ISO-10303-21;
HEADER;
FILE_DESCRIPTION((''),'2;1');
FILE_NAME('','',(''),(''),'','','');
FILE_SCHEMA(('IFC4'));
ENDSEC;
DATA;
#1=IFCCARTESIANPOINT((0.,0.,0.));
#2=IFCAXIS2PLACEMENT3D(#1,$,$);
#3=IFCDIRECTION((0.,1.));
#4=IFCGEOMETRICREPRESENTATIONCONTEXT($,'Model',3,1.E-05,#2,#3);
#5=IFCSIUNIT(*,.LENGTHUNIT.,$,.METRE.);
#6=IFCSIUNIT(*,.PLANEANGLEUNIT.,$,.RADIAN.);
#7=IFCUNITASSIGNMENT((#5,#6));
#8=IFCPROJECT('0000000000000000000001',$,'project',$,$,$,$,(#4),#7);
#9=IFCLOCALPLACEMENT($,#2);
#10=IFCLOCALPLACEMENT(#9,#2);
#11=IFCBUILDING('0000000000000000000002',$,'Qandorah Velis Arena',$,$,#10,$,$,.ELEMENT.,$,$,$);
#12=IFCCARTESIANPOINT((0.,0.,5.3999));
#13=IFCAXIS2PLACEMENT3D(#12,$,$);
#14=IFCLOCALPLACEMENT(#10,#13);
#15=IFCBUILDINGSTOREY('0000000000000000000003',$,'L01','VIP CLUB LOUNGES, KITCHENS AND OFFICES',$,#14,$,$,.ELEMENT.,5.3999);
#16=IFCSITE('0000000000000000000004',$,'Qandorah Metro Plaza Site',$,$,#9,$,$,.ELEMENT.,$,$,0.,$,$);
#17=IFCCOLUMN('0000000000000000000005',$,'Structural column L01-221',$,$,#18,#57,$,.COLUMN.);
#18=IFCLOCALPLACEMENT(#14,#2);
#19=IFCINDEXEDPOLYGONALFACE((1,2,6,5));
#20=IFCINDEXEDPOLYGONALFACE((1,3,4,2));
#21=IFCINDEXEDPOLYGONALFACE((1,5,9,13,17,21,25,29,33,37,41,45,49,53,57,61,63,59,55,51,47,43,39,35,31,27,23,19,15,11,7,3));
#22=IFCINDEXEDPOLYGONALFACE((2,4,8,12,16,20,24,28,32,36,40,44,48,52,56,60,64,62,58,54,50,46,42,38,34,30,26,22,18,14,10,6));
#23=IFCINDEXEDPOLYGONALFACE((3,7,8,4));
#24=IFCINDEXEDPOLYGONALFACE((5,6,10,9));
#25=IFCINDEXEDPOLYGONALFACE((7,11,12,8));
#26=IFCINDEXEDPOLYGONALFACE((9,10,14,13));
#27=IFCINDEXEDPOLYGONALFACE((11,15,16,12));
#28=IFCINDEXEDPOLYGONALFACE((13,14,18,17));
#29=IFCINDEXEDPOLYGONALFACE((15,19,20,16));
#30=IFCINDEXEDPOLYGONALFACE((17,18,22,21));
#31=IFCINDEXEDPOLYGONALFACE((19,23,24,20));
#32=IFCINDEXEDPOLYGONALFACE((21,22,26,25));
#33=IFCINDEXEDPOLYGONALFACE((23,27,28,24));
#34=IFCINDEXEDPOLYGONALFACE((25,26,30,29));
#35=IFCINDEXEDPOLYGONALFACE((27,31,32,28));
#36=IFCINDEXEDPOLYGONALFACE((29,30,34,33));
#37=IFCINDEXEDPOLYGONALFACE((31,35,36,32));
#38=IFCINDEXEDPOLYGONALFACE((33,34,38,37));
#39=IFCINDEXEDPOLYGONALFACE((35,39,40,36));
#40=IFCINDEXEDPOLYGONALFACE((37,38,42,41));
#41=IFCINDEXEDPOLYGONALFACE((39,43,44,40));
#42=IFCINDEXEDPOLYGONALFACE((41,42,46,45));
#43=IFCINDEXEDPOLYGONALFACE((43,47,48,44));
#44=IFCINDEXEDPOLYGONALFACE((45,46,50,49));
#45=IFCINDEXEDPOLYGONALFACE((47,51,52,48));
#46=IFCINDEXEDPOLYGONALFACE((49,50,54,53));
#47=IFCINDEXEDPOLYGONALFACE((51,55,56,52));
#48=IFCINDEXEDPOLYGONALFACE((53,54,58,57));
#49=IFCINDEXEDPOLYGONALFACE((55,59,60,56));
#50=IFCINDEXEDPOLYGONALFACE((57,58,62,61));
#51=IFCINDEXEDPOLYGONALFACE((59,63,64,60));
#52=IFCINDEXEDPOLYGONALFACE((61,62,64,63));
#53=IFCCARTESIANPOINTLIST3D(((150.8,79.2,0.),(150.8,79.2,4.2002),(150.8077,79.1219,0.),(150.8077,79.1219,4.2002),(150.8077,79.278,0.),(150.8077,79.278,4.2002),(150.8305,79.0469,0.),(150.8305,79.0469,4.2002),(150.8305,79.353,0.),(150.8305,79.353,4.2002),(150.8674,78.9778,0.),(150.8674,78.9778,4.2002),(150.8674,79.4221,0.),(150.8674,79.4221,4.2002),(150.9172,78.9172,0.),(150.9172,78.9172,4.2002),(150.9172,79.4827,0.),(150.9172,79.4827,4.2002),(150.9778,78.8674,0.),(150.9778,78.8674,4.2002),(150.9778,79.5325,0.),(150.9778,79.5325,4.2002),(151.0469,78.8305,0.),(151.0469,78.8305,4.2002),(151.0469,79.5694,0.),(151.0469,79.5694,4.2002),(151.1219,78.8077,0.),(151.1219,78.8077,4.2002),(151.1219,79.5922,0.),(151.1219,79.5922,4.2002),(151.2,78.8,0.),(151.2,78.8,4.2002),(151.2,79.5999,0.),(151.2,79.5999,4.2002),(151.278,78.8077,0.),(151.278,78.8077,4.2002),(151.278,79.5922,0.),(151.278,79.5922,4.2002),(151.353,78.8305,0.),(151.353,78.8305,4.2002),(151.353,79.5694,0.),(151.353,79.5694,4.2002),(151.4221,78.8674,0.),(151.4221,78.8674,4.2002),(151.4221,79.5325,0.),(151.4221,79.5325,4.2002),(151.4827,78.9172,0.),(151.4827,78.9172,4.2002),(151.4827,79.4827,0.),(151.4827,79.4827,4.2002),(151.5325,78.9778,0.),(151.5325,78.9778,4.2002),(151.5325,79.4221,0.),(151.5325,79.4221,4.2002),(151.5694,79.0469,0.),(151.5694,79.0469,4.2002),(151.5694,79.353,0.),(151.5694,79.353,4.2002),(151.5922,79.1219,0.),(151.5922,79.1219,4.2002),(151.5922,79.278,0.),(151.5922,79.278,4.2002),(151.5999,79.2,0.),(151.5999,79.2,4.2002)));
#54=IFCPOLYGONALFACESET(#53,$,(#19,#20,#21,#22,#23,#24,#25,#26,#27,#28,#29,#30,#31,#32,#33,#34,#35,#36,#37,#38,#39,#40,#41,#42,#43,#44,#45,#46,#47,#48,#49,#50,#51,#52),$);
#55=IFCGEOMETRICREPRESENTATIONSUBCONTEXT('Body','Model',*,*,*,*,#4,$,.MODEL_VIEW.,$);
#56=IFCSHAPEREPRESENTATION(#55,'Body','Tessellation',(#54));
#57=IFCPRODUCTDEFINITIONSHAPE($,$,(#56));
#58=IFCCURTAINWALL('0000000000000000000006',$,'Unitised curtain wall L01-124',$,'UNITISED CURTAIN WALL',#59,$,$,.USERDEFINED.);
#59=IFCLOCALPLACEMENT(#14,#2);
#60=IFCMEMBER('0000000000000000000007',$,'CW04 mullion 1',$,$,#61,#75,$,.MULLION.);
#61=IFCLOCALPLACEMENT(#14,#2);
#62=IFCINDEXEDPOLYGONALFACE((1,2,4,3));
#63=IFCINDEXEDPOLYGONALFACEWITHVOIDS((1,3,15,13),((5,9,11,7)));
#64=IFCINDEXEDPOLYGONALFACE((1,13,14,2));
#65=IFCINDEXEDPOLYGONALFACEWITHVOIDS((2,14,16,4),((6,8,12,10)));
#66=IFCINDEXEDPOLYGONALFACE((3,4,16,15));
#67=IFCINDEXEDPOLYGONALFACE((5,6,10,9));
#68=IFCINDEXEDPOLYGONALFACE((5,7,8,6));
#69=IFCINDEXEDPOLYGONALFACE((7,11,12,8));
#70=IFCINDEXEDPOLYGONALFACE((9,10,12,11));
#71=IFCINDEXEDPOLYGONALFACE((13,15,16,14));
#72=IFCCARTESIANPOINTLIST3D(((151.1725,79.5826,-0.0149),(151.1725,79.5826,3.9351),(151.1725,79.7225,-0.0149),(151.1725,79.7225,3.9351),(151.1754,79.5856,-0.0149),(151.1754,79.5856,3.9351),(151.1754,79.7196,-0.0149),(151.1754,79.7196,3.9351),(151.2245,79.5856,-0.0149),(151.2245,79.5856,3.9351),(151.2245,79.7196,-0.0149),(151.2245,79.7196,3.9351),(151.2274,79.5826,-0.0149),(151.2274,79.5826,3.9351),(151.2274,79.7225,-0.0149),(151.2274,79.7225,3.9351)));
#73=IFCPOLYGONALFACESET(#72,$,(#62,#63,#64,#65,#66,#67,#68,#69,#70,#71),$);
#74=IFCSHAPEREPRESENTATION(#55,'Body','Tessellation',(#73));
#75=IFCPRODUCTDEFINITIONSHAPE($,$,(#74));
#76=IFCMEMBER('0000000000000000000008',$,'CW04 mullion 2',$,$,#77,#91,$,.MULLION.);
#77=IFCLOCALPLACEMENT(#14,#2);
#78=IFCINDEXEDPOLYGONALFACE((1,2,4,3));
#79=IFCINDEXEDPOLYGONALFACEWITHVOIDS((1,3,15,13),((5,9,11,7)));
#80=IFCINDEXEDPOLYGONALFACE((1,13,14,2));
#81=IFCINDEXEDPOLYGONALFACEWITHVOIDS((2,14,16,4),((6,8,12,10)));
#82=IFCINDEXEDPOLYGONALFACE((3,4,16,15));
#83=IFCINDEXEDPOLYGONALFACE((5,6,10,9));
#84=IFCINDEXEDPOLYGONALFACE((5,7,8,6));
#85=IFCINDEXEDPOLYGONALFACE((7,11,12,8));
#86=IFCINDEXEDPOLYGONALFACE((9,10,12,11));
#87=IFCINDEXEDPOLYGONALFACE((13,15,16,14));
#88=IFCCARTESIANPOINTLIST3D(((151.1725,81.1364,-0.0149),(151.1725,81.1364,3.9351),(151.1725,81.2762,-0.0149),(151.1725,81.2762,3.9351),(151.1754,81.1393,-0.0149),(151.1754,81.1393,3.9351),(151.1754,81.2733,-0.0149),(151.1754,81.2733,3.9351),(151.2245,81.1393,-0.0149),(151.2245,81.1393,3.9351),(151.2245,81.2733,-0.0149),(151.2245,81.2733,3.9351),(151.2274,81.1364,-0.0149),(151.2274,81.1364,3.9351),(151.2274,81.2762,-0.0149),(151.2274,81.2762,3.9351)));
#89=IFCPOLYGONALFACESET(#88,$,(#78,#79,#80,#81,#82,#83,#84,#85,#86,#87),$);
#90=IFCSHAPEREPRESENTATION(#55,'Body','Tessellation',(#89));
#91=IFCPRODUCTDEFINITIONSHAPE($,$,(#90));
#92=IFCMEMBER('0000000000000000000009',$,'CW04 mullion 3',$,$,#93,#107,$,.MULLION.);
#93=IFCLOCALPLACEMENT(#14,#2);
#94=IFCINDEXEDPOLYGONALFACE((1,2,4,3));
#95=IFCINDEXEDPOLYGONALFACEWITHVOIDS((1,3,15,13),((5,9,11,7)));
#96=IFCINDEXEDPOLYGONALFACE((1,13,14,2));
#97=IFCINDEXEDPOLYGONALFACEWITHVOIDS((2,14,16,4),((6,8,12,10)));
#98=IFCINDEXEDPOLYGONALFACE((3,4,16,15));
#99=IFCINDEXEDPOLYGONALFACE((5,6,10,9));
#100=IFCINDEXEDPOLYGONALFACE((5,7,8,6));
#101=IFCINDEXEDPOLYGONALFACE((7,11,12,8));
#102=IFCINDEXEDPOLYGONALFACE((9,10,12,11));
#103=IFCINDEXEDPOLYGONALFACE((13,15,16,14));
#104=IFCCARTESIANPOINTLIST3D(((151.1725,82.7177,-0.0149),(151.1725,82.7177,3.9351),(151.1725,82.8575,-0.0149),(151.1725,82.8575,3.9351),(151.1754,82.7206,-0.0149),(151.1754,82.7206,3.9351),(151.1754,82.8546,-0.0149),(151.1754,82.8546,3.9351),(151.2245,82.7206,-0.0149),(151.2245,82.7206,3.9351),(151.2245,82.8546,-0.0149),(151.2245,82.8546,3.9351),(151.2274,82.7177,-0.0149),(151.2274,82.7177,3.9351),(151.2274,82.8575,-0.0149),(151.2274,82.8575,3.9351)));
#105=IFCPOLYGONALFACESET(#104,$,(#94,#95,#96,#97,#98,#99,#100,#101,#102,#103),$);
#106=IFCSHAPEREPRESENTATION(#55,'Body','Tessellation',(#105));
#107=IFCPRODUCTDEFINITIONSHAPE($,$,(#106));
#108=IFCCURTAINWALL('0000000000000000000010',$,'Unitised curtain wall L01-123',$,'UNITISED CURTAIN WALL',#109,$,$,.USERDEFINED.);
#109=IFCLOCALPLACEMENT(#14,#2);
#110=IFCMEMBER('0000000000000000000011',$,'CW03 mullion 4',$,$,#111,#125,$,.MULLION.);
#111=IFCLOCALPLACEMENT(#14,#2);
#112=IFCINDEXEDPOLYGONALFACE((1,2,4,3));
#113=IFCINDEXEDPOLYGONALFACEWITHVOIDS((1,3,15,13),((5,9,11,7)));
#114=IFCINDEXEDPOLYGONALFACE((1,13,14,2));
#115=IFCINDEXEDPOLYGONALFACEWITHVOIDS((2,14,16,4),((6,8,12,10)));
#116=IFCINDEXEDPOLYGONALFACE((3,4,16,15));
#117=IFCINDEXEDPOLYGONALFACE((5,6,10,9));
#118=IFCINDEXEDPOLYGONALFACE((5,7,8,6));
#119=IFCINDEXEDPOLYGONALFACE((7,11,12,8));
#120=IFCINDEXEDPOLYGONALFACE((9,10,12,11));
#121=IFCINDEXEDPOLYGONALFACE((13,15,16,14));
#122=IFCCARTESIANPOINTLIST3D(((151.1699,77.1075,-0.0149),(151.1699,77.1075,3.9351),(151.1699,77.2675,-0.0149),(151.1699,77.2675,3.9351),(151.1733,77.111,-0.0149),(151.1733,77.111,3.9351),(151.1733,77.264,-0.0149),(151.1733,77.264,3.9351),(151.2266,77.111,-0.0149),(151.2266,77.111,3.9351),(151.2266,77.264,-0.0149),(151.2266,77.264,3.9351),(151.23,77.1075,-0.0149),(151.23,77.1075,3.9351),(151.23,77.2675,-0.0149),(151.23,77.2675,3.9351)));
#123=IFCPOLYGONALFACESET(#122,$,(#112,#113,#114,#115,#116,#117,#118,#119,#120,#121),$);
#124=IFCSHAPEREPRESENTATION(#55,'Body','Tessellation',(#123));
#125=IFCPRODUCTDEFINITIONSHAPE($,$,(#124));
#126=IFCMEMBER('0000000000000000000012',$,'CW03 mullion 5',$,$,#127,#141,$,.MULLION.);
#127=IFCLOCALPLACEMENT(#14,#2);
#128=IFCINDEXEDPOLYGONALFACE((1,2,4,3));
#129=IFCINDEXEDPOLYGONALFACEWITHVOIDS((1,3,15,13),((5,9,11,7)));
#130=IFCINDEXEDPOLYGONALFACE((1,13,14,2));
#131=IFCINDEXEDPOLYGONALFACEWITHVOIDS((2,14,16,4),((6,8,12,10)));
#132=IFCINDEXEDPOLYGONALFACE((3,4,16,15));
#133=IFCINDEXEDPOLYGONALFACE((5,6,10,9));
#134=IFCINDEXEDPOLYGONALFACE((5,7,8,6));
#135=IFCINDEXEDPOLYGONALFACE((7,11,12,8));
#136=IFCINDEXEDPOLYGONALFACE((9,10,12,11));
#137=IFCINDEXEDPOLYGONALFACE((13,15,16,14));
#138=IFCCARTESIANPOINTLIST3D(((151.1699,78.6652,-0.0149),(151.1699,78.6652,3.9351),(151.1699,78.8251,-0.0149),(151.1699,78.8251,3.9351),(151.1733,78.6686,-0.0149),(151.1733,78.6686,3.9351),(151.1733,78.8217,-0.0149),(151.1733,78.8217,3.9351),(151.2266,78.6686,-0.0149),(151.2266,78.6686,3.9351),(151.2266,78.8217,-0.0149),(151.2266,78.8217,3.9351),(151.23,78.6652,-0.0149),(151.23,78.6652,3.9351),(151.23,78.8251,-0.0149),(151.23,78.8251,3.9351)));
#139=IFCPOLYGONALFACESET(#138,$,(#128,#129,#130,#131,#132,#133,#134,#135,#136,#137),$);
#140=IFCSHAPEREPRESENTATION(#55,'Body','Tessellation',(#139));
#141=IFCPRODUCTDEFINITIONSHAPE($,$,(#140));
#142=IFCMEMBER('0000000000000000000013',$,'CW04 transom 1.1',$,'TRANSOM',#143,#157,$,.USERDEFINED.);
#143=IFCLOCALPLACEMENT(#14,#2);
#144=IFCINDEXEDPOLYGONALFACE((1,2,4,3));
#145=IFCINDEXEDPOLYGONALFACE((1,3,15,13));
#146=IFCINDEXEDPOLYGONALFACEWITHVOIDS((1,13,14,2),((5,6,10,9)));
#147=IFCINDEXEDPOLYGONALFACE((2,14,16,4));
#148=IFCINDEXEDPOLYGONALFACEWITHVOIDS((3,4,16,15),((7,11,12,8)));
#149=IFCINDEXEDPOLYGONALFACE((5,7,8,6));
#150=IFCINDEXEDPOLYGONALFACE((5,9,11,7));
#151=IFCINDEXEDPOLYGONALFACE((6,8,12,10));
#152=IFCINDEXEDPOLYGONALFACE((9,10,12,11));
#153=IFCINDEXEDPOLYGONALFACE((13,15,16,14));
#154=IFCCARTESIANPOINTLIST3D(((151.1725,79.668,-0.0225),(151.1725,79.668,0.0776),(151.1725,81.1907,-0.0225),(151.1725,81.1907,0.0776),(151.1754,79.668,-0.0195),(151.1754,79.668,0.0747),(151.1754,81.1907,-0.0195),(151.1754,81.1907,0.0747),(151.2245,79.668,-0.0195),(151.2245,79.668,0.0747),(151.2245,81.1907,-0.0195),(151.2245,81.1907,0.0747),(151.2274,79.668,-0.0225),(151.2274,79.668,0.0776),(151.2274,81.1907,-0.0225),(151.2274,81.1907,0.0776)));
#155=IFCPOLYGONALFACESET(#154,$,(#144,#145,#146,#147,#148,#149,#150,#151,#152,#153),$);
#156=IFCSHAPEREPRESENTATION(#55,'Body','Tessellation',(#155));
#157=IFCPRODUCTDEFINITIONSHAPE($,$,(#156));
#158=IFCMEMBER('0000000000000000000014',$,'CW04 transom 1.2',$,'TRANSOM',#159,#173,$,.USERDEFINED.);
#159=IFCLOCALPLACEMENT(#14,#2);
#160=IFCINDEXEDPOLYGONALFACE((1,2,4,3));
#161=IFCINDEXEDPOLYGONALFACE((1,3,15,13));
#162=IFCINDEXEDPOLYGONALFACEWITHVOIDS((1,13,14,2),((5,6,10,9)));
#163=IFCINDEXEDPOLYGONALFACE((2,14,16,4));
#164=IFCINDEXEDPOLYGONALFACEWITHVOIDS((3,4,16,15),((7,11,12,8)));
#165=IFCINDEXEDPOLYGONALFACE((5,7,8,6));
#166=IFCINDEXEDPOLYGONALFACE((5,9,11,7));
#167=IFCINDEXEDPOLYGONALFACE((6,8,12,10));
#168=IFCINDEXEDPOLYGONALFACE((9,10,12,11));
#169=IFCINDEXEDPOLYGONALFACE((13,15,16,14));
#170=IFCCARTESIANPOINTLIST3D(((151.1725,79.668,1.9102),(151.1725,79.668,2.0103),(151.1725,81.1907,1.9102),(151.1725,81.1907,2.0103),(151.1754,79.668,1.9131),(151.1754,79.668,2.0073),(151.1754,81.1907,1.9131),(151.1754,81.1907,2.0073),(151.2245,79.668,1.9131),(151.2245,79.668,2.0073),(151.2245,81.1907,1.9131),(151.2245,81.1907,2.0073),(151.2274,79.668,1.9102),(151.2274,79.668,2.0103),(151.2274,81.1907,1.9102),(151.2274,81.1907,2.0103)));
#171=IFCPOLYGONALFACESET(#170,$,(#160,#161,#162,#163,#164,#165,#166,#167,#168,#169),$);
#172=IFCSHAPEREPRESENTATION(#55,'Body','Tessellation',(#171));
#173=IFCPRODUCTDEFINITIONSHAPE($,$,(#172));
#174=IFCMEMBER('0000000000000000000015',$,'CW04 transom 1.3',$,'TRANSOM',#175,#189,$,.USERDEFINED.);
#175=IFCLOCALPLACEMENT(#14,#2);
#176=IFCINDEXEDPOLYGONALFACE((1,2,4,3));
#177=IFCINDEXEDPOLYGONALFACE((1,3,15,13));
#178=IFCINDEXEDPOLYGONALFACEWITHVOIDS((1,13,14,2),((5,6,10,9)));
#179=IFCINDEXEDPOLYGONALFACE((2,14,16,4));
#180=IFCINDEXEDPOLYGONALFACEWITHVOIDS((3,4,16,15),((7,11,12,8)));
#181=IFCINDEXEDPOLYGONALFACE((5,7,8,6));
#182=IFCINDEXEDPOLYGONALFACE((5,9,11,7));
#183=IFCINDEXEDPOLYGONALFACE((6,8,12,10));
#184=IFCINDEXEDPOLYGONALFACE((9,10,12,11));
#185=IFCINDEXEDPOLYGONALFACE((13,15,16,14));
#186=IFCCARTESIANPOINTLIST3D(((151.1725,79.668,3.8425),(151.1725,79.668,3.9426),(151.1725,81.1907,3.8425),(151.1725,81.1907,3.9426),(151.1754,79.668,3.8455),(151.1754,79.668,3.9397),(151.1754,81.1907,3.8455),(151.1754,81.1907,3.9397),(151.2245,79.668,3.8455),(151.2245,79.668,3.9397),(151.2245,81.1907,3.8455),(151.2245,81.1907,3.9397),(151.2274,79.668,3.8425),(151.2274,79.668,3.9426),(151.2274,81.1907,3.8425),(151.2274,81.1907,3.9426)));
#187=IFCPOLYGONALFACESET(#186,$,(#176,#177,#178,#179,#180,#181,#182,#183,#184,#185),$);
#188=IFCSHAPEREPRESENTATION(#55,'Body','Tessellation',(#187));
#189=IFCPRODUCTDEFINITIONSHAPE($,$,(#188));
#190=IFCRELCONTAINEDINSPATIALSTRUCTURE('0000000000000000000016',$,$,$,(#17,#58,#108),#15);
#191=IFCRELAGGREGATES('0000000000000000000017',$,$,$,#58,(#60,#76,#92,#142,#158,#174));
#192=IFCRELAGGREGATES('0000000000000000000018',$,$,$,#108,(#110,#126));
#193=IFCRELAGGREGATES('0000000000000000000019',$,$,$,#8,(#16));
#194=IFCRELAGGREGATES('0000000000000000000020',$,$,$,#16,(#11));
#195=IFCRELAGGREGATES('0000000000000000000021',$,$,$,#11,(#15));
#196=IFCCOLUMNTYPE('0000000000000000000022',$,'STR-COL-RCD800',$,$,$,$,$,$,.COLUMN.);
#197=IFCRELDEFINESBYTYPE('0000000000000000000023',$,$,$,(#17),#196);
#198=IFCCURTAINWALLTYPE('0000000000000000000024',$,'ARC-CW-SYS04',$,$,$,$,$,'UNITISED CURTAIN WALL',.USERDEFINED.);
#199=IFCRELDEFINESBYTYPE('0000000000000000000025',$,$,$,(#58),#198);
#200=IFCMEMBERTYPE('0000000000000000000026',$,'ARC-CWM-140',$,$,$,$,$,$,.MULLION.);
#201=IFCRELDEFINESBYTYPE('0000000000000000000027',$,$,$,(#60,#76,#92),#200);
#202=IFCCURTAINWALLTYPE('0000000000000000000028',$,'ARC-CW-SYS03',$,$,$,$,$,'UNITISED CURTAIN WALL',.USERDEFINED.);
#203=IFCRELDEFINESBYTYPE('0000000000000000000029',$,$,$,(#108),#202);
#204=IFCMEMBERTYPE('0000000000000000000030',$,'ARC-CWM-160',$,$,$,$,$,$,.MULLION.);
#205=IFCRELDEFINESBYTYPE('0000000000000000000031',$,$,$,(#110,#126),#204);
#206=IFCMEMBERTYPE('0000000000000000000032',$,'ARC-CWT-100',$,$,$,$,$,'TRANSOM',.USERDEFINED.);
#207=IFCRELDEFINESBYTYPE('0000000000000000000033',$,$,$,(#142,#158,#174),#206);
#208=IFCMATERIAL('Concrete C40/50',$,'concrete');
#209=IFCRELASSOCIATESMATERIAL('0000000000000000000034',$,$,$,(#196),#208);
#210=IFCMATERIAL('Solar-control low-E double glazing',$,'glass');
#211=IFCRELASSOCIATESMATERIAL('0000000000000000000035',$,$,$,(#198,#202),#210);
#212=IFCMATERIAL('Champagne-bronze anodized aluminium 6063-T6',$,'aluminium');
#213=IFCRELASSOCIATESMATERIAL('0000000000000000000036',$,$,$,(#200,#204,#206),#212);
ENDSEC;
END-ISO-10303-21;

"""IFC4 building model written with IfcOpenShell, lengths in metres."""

from ifc_helpers import new_model, si_unit, direction, frame, origin, origin_2d, place, context, subcontext, project, spatial, hollow_rectangle, circle, extrude, material, material_profile, profile_set, type_object, element, aggregate, save


model = new_model("IFC4")

# Units and contexts
model_context = context("Model", 3, precision=1e-05, world=origin(), true_north=direction((0.0, 1.0)))
body_context = subcontext(model_context, "Body", "Model", "MODEL_VIEW")
ifc_project = project(units=[si_unit("LENGTHUNIT", "METRE"), si_unit("PLANEANGLEUNIT", "RADIAN")], contexts=[model_context])

# Site, building, storey
site_placement = place(None, origin())
site = spatial("IfcSite", under=ifc_project, at=site_placement, Name="Qandorah Metro Plaza Site", CompositionType="ELEMENT", RefElevation=0.0)
building_placement = place(site_placement, origin())
building = spatial("IfcBuilding", under=site, at=building_placement, Name="Qandorah Velis Arena", CompositionType="ELEMENT")
storey_placement = place(building_placement, frame((0.0, 0.0, 5.3999)))
storey = spatial("IfcBuildingStorey", under=building, at=storey_placement, Name="L01", Description="VIP CLUB LOUNGES, KITCHENS AND OFFICES", CompositionType="ELEMENT", Elevation=5.3999)

# Column
ifc_material_1 = material(Name="Concrete C40/50", Category="concrete")
ifc_material_profile_1 = material_profile(ifc_material_1, circle(Radius=0.3999, at=origin_2d()), Name="RC D800")
ifc_profile_set_1 = profile_set([ifc_material_profile_1], Name="Concrete C40/50")
column_type = type_object("IfcColumnType", Name="STR-COL-RCD800", PredefinedType="COLUMN", material=ifc_profile_set_1)
column_placement = place(storey_placement, frame((151.2, 79.2, 0.0), z_axis=(0.0, 0.0, 1.0), x_axis=(1.0, 0.0, 0.0)))
element("IfcColumn", 1, at=column_placement, inside=storey, type_object=column_type, Name="Structural column L01-221", PredefinedType="COLUMN", context=body_context, shape_type="SweptSolid", body=[
    extrude(circle(Radius=0.3999, at=origin_2d()), origin(), (0.0, 0.0, 1.0), 4.2002),
])

# Curtain walls, members
ifc_material_2 = material(Name="Solar-control low-E double glazing", Category="glass")
curtain_wall_type_1 = type_object("IfcCurtainWallType", Name="ARC-CW-SYS04", ElementType="UNITISED CURTAIN WALL", PredefinedType="USERDEFINED", material=ifc_material_2)
curtain_wall_1_placement = place(storey_placement, origin())
curtain_wall_1 = element("IfcCurtainWall", 2, at=curtain_wall_1_placement, inside=storey, type_object=curtain_wall_type_1, Name="Unitised curtain wall L01-124", ObjectType="UNITISED CURTAIN WALL", PredefinedType="USERDEFINED")
ifc_material_3 = material(Name="Champagne-bronze anodized aluminium 6063-T6", Category="aluminium")
ifc_material_profile_2 = material_profile(ifc_material_3, hollow_rectangle(XDim=0.0549, YDim=0.1399, WallThickness=0.0029, at=origin_2d()), Name="ALU MULLION 55x140")
ifc_profile_set_2 = profile_set([ifc_material_profile_2], Name="Champagne-bronze anodized aluminium 6063-T6")
member_type_1 = type_object("IfcMemberType", Name="ARC-CWM-140", PredefinedType="MULLION", material=ifc_profile_set_2)
member_1_placement = place(storey_placement, frame((151.2, 79.6526, -0.0149), z_axis=(0.0, 0.0, 1.0), x_axis=(-1.0, 0.0, 0.0)))
member_1 = element("IfcMember", 3, at=member_1_placement, type_object=member_type_1, Name="CW04 mullion 1", PredefinedType="MULLION", context=body_context, shape_type="SweptSolid", body=[
    extrude(hollow_rectangle(XDim=0.0549, YDim=0.1399, WallThickness=0.0029, at=origin_2d()), origin(), (0.0, 0.0, 1.0), 3.95),
])
member_2_placement = place(storey_placement, frame((151.2, 81.2063, -0.0149), z_axis=(0.0, 0.0, 1.0), x_axis=(-1.0, 0.0, 0.0)))
member_2 = element("IfcMember", 4, at=member_2_placement, type_object=member_type_1, Name="CW04 mullion 2", PredefinedType="MULLION", context=body_context, shape_type="SweptSolid", body=[
    extrude(hollow_rectangle(XDim=0.0549, YDim=0.1399, WallThickness=0.0029, at=origin_2d()), origin(), (0.0, 0.0, 1.0), 3.95),
])
member_3_placement = place(storey_placement, frame((151.2, 82.7876, -0.0149), z_axis=(0.0, 0.0, 1.0), x_axis=(-1.0, 0.0, 0.0)))
member_3 = element("IfcMember", 5, at=member_3_placement, type_object=member_type_1, Name="CW04 mullion 3", PredefinedType="MULLION", context=body_context, shape_type="SweptSolid", body=[
    extrude(hollow_rectangle(XDim=0.0549, YDim=0.1399, WallThickness=0.0029, at=origin_2d()), origin(), (0.0, 0.0, 1.0), 3.95),
])
curtain_wall_type_2 = type_object("IfcCurtainWallType", Name="ARC-CW-SYS03", ElementType="UNITISED CURTAIN WALL", PredefinedType="USERDEFINED", material=ifc_material_2)
curtain_wall_2_placement = place(storey_placement, origin())
curtain_wall_2 = element("IfcCurtainWall", 6, at=curtain_wall_2_placement, inside=storey, type_object=curtain_wall_type_2, Name="Unitised curtain wall L01-123", ObjectType="UNITISED CURTAIN WALL", PredefinedType="USERDEFINED")
ifc_material_profile_3 = material_profile(ifc_material_3, hollow_rectangle(XDim=0.0601, YDim=0.1599, WallThickness=0.0034, at=origin_2d()), Name="ALU MULLION 60x160")
ifc_profile_set_3 = profile_set([ifc_material_profile_3], Name="Champagne-bronze anodized aluminium 6063-T6")
member_type_2 = type_object("IfcMemberType", Name="ARC-CWM-160", PredefinedType="MULLION", material=ifc_profile_set_3)
member_4_placement = place(storey_placement, frame((151.2, 77.1875, -0.0149), z_axis=(0.0, 0.0, 1.0), x_axis=(-1.0, 0.0, 0.0)))
member_4 = element("IfcMember", 7, at=member_4_placement, type_object=member_type_2, Name="CW03 mullion 4", PredefinedType="MULLION", context=body_context, shape_type="SweptSolid", body=[
    extrude(hollow_rectangle(XDim=0.0601, YDim=0.1599, WallThickness=0.0034, at=origin_2d()), origin(), (0.0, 0.0, 1.0), 3.95),
])
member_5_placement = place(storey_placement, frame((151.2, 78.7451, -0.0149), z_axis=(0.0, 0.0, 1.0), x_axis=(-1.0, 0.0, 0.0)))
member_5 = element("IfcMember", 8, at=member_5_placement, type_object=member_type_2, Name="CW03 mullion 5", PredefinedType="MULLION", context=body_context, shape_type="SweptSolid", body=[
    extrude(hollow_rectangle(XDim=0.0601, YDim=0.1599, WallThickness=0.0034, at=origin_2d()), origin(), (0.0, 0.0, 1.0), 3.95),
])

# Members
ifc_material_profile_4 = material_profile(ifc_material_3, hollow_rectangle(XDim=0.0549, YDim=0.1001, WallThickness=0.0029, at=origin_2d()), Name="ALU TRANSOM 55x100")
ifc_profile_set_4 = profile_set([ifc_material_profile_4], Name="Champagne-bronze anodized aluminium 6063-T6")
member_type_3 = type_object("IfcMemberType", Name="ARC-CWT-100", ElementType="TRANSOM", PredefinedType="USERDEFINED", material=ifc_profile_set_4)
member_6_placement = place(storey_placement, frame((151.2, 79.668, 0.0276), z_axis=(0.0, 1.0, 0.0), x_axis=(-1.0, 0.0, 0.0)))
member_6 = element("IfcMember", 9, at=member_6_placement, type_object=member_type_3, Name="CW04 transom 1.1", ObjectType="TRANSOM", PredefinedType="USERDEFINED", context=body_context, shape_type="SweptSolid", body=[
    extrude(hollow_rectangle(XDim=0.0549, YDim=0.1001, WallThickness=0.0029, at=origin_2d()), origin(), (0.0, 0.0, 1.0), 1.5227),
])
member_7_placement = place(storey_placement, frame((151.2, 79.668, 1.9602), z_axis=(0.0, 1.0, 0.0), x_axis=(-1.0, 0.0, 0.0)))
member_7 = element("IfcMember", 10, at=member_7_placement, type_object=member_type_3, Name="CW04 transom 1.2", ObjectType="TRANSOM", PredefinedType="USERDEFINED", context=body_context, shape_type="SweptSolid", body=[
    extrude(hollow_rectangle(XDim=0.0549, YDim=0.1001, WallThickness=0.0029, at=origin_2d()), origin(), (0.0, 0.0, 1.0), 1.5227),
])
member_8_placement = place(storey_placement, frame((151.2, 79.668, 3.8926), z_axis=(0.0, 1.0, 0.0), x_axis=(-1.0, 0.0, 0.0)))
member_8 = element("IfcMember", 11, at=member_8_placement, type_object=member_type_3, Name="CW04 transom 1.3", ObjectType="TRANSOM", PredefinedType="USERDEFINED", context=body_context, shape_type="SweptSolid", body=[
    extrude(hollow_rectangle(XDim=0.0549, YDim=0.1001, WallThickness=0.0029, at=origin_2d()), origin(), (0.0, 0.0, 1.0), 1.5227),
])

aggregate(curtain_wall_1, [member_1, member_2, member_3, member_6, member_7, member_8])
aggregate(curtain_wall_2, [member_4, member_5])

save(model, "model.ifc")
